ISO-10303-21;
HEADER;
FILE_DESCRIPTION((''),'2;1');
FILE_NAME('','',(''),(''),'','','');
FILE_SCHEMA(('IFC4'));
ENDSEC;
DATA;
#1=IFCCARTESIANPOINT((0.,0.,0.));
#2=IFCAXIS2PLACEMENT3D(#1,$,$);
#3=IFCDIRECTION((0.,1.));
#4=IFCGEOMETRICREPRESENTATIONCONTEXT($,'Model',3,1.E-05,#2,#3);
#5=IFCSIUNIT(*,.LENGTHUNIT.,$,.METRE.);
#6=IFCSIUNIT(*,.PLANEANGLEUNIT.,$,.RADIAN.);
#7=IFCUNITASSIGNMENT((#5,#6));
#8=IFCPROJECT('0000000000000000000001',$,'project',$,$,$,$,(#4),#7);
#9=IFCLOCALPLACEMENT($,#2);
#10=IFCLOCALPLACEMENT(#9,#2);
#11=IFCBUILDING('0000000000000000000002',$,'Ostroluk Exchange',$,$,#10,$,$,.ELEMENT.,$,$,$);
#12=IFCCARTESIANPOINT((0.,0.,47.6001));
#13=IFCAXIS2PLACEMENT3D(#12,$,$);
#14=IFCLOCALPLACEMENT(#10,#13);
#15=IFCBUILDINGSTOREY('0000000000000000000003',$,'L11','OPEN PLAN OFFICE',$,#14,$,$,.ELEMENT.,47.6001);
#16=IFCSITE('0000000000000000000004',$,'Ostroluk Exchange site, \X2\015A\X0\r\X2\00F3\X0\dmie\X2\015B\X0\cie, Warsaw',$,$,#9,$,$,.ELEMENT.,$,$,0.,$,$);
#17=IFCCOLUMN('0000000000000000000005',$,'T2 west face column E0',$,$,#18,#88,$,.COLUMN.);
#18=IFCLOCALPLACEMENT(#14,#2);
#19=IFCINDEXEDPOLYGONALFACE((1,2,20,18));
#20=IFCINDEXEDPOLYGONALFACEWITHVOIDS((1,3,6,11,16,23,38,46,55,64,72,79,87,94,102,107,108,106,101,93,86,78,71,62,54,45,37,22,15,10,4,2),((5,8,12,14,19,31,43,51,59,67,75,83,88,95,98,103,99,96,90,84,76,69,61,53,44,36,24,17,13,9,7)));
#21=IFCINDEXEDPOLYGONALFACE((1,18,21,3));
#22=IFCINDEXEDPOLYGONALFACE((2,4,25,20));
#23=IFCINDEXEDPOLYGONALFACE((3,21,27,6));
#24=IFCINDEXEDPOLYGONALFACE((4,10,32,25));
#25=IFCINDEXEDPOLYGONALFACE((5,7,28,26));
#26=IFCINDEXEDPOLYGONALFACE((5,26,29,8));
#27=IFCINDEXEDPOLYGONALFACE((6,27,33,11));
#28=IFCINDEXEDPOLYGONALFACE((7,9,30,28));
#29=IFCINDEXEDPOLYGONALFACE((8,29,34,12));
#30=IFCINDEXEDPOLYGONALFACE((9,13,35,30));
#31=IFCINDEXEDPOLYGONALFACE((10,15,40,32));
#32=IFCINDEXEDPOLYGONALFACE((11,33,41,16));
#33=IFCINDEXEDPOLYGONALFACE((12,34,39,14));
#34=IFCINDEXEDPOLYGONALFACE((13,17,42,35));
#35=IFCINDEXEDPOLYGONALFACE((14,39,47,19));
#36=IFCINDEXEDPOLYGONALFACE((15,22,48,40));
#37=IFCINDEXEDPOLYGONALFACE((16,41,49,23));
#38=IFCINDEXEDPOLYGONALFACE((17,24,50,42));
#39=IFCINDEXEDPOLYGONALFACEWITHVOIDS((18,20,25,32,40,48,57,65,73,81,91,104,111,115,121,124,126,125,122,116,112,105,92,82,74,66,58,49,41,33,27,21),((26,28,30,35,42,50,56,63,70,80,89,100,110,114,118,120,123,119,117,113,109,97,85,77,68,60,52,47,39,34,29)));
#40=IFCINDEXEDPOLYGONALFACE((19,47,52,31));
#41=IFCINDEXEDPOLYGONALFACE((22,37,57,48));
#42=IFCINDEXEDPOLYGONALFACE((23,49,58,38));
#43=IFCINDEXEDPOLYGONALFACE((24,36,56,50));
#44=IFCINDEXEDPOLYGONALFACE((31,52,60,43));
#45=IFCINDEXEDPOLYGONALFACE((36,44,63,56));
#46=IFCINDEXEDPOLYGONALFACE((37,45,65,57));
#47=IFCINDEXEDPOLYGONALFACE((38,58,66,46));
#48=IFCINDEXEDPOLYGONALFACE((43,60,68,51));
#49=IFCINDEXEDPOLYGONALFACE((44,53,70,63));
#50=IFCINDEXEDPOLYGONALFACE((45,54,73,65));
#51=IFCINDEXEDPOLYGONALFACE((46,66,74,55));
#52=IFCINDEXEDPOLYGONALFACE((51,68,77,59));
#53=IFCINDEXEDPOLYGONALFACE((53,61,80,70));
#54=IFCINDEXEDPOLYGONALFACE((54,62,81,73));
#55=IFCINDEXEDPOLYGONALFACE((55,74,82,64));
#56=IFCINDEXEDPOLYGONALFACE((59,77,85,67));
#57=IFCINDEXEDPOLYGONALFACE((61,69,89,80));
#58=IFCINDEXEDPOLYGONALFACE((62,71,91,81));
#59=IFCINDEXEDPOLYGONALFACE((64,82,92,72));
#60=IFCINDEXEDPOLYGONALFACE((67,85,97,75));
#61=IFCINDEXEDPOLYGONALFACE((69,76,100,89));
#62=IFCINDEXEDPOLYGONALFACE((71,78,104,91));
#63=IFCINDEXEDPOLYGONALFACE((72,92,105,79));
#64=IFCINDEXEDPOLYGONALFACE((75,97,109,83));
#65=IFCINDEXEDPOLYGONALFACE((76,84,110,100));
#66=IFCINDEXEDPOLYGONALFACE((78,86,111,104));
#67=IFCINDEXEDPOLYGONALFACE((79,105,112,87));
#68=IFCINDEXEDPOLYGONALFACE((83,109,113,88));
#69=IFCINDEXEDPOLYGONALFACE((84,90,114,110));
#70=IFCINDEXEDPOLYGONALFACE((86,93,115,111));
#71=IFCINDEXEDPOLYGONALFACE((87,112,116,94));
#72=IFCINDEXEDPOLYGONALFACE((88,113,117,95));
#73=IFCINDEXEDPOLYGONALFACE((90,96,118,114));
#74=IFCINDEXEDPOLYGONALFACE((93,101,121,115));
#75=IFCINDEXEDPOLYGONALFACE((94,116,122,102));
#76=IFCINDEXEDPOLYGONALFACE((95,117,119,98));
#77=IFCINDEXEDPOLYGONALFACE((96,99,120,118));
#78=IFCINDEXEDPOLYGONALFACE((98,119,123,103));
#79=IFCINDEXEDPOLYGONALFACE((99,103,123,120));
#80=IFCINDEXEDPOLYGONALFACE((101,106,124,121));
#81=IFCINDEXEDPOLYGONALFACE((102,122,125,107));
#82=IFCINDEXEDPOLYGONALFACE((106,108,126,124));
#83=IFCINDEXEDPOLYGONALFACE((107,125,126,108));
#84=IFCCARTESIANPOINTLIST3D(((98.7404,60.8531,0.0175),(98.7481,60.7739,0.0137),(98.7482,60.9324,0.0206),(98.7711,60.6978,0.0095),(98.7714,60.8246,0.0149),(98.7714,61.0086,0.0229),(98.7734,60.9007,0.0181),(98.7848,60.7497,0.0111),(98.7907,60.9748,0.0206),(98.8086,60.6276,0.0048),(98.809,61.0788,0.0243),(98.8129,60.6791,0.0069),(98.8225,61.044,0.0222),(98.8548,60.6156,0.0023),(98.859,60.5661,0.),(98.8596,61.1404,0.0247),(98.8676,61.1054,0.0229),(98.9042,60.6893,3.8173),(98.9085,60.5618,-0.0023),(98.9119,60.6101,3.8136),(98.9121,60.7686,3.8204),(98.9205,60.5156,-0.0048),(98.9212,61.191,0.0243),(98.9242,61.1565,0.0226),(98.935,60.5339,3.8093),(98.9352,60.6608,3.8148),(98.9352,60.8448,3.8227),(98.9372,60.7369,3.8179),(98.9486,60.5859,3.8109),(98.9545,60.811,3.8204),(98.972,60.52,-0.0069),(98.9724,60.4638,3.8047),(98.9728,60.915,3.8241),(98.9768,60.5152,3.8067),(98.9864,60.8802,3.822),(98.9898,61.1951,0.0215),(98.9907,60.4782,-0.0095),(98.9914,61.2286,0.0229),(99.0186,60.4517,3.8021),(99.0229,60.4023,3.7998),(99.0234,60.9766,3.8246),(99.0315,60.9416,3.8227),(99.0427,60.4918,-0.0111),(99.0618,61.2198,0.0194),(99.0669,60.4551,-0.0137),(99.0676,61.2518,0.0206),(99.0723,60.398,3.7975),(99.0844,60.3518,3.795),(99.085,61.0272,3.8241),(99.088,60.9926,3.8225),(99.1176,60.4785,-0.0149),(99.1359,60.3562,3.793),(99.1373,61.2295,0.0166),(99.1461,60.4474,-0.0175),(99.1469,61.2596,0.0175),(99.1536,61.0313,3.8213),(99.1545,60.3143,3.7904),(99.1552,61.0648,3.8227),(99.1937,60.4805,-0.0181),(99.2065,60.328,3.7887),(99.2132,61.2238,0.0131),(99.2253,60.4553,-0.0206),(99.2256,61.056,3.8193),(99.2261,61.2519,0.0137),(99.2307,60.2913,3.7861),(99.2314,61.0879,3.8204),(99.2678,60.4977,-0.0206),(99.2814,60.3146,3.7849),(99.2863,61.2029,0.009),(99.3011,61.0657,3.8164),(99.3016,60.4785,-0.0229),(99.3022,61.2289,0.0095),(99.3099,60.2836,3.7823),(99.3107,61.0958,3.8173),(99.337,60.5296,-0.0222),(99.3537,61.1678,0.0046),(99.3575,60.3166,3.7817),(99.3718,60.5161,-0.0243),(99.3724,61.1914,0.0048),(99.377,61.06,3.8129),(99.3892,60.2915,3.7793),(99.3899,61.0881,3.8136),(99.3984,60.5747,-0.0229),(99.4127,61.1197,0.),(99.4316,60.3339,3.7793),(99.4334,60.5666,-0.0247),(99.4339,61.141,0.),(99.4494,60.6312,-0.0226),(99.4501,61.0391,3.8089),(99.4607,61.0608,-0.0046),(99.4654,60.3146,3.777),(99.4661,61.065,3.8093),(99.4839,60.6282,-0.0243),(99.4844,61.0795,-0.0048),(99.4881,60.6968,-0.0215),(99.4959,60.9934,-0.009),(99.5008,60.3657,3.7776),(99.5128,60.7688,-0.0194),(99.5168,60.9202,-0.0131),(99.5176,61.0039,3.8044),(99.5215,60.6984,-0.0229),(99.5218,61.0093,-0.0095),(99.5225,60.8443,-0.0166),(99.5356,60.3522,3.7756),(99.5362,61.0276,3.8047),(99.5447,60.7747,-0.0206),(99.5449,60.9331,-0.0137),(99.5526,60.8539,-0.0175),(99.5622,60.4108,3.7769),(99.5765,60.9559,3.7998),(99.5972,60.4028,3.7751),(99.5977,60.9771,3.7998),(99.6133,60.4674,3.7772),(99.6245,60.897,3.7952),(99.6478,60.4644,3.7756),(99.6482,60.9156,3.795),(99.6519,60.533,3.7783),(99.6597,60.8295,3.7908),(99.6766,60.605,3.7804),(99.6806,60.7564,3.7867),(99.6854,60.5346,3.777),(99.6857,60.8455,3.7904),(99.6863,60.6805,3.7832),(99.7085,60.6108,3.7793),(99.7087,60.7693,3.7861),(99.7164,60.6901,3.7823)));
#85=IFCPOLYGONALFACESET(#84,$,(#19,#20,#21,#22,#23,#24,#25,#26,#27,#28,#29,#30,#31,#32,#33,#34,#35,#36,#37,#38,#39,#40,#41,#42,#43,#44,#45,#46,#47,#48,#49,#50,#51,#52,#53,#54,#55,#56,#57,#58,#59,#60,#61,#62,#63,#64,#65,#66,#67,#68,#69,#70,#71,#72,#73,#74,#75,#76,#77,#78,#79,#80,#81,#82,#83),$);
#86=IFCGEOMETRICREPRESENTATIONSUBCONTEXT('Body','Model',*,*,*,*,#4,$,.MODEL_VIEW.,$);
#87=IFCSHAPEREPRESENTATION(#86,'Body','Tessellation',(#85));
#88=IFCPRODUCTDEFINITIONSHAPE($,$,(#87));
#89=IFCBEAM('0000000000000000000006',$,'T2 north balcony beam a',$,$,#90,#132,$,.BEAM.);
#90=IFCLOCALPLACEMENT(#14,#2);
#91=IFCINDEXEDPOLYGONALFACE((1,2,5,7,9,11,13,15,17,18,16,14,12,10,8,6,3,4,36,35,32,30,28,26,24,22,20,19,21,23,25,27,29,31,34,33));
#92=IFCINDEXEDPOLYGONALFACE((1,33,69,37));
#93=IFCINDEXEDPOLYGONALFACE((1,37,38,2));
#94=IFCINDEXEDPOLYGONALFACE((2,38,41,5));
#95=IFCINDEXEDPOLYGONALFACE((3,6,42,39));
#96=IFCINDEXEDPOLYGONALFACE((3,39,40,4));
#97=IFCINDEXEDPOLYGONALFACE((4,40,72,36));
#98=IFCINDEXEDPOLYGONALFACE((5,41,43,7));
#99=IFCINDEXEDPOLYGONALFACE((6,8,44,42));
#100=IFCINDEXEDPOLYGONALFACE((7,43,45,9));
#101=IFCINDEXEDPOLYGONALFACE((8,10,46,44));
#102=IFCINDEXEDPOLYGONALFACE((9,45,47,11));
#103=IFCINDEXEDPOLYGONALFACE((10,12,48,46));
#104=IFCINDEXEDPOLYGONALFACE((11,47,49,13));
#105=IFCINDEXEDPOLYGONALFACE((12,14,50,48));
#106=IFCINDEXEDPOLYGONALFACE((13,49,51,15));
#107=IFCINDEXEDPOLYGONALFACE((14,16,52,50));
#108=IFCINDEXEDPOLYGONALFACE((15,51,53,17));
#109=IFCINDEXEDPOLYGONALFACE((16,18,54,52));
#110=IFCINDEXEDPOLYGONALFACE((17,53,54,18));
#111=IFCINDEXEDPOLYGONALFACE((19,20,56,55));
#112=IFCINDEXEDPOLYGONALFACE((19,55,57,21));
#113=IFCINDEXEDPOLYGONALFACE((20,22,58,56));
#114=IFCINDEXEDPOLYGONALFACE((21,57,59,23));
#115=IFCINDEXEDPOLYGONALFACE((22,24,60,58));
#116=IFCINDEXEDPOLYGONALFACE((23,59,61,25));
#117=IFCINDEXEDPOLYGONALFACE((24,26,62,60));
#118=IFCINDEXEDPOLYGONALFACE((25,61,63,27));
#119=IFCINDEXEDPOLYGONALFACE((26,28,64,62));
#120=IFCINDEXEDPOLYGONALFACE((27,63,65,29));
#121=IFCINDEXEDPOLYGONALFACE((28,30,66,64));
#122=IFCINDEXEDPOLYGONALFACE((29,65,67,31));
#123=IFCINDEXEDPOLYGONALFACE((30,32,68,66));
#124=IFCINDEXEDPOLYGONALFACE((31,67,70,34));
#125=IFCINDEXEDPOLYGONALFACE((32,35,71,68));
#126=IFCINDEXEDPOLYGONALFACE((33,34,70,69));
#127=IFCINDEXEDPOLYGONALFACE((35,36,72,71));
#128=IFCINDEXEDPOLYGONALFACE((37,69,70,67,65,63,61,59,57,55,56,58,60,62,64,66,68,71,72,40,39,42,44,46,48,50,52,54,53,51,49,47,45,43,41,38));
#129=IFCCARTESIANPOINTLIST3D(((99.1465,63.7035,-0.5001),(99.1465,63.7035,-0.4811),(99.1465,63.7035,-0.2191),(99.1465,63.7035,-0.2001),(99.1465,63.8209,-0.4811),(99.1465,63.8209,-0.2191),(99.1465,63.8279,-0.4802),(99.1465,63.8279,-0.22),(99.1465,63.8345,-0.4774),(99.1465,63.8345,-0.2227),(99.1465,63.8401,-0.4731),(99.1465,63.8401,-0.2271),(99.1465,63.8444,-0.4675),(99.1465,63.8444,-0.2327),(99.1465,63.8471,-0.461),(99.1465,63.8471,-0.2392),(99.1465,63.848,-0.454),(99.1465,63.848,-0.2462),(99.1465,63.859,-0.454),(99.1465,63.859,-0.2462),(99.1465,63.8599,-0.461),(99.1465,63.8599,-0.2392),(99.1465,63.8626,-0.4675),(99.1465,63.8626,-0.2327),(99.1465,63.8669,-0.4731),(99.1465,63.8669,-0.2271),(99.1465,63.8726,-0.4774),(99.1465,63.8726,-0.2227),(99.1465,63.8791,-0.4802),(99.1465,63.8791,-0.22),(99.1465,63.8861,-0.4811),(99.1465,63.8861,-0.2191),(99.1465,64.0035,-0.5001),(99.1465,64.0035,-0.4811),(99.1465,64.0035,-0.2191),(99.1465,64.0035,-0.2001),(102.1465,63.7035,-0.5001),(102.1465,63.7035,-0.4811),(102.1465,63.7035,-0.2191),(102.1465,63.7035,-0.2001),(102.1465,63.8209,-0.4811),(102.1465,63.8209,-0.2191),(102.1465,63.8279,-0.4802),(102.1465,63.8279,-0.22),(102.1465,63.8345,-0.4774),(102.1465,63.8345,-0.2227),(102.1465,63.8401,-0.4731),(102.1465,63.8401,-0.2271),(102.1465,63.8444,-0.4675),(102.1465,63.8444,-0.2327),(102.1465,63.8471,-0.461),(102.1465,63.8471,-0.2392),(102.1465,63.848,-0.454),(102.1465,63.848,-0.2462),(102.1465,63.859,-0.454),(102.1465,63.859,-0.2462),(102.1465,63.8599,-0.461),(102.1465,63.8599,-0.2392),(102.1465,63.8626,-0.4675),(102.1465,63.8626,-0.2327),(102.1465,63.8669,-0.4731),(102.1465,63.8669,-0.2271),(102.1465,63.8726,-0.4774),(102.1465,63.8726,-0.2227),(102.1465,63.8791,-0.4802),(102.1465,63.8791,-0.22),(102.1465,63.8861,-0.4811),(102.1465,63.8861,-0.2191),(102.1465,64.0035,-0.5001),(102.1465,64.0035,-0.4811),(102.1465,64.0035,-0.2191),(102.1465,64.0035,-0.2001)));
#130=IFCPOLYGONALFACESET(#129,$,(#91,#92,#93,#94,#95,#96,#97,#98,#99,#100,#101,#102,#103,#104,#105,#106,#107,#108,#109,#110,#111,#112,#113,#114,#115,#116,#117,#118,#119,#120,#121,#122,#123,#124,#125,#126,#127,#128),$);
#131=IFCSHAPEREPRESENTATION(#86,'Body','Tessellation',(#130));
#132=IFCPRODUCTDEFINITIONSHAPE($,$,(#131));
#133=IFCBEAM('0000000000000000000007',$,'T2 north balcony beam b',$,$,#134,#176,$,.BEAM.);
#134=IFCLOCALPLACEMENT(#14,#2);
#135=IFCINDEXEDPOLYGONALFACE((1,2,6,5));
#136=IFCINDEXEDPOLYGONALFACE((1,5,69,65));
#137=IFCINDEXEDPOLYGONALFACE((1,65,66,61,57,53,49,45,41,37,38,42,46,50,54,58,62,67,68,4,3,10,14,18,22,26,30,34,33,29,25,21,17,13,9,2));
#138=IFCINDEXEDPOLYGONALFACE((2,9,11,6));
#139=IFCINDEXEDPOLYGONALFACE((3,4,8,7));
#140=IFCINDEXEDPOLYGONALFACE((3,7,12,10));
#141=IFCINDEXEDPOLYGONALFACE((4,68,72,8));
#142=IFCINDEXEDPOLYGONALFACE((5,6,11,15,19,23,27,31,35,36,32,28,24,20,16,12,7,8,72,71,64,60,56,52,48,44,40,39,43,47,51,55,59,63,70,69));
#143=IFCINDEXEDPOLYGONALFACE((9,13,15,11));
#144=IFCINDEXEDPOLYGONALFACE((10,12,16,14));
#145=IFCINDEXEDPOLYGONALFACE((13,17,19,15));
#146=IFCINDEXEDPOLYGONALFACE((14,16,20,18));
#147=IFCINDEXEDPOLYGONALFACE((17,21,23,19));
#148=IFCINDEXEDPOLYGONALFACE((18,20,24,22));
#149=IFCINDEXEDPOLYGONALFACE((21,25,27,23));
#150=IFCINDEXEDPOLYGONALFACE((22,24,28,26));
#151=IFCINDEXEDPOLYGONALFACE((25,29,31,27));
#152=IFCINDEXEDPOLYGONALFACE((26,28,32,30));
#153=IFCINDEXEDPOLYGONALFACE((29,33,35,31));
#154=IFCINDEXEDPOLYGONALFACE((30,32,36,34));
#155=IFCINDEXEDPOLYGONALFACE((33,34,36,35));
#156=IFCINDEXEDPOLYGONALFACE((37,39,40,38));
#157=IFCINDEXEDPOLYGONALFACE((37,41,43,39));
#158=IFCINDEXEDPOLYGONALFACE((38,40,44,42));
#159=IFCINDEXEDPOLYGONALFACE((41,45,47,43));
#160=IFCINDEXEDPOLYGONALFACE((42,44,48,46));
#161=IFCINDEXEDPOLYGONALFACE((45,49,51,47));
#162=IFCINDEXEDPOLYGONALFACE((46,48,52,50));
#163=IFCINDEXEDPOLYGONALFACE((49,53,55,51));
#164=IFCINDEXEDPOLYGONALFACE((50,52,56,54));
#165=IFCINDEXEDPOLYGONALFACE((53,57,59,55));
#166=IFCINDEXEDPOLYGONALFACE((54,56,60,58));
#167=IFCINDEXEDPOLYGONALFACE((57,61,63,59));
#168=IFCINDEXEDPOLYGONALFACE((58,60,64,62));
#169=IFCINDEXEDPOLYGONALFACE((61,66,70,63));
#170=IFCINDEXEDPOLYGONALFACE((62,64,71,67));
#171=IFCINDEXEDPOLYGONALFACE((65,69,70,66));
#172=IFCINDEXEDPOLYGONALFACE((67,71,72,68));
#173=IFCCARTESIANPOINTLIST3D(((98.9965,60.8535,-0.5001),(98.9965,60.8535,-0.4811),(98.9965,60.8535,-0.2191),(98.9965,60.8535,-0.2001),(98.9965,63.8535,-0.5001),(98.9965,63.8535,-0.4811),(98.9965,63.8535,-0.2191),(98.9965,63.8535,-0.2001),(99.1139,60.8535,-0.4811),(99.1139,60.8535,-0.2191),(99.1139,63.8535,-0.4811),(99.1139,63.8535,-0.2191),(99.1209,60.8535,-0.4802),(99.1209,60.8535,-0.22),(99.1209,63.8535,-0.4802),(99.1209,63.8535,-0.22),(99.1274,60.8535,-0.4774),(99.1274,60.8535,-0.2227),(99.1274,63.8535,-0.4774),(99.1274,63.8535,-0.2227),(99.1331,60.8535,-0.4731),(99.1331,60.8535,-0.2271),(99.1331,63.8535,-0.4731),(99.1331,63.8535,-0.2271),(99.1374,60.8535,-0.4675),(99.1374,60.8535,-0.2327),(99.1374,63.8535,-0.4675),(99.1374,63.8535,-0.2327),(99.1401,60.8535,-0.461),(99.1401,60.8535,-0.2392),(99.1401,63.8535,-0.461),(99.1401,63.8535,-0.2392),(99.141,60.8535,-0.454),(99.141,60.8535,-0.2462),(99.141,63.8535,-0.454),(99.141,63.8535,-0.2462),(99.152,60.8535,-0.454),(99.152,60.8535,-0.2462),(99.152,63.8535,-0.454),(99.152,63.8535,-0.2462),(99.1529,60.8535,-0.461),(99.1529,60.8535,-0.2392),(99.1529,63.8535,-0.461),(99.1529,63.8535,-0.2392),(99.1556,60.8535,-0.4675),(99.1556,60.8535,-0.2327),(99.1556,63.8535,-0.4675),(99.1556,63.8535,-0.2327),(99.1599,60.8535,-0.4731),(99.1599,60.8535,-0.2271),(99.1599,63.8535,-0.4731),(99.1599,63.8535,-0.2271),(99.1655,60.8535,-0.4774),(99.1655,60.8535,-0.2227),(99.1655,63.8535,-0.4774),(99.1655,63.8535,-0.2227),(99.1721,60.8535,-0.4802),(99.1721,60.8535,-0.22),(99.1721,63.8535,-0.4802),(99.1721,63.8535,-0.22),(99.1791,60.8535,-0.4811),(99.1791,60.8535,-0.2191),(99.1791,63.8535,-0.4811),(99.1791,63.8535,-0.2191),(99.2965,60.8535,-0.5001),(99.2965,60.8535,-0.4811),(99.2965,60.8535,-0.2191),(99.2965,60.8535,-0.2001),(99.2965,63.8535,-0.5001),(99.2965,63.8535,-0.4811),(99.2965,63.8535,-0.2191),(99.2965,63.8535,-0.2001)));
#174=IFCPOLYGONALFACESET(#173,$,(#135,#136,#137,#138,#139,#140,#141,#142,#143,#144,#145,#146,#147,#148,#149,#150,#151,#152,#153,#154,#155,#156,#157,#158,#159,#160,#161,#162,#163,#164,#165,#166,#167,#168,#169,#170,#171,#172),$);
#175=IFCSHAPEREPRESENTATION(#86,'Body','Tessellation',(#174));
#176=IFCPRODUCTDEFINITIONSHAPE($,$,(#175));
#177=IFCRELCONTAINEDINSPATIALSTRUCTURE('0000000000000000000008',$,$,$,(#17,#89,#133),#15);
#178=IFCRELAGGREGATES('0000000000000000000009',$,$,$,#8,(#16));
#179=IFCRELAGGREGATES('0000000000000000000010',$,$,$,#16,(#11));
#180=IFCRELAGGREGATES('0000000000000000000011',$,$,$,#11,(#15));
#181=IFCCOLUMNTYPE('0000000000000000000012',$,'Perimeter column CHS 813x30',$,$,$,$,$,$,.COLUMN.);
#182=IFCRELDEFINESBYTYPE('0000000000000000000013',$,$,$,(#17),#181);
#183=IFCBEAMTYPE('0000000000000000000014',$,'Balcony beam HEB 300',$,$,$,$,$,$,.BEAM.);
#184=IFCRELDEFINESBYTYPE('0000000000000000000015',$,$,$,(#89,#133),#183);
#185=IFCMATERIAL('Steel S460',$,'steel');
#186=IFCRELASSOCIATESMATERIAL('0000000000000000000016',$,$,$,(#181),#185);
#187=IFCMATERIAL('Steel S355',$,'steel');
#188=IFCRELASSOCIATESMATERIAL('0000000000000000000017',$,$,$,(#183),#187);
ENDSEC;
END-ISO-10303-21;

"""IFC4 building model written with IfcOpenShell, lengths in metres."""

from ifc_helpers import new_model, si_unit, direction, frame, origin, origin_2d, place, context, subcontext, project, spatial, hollow_circle, i_section, extrude, material, material_profile, profile_set, type_object, element, save


model = new_model("IFC4")

# Units and contexts
model_context = context("Model", 3, precision=1e-05, world=origin(), true_north=direction((0.0, 1.0)))
body_context = subcontext(model_context, "Body", "Model", "MODEL_VIEW")
ifc_project = project(units=[si_unit("LENGTHUNIT", "METRE"), si_unit("PLANEANGLEUNIT", "RADIAN")], contexts=[model_context])

# Site, building, storey
site_placement = place(None, origin())
site = spatial("IfcSite", under=ifc_project, at=site_placement, Name="Ostroluk Exchange site, Śródmieście, Warsaw", CompositionType="ELEMENT", RefElevation=0.0)
building_placement = place(site_placement, origin())
building = spatial("IfcBuilding", under=site, at=building_placement, Name="Ostroluk Exchange", CompositionType="ELEMENT")
storey_placement = place(building_placement, frame((0.0, 0.0, 47.6001)))
storey = spatial("IfcBuildingStorey", under=building, at=storey_placement, Name="L11", Description="OPEN PLAN OFFICE", CompositionType="ELEMENT", Elevation=47.6001)

# Column
ifc_material_1 = material(Name="Steel S460", Category="steel")
ifc_material_profile_1 = material_profile(ifc_material_1, hollow_circle(Radius=0.4065, WallThickness=0.03, at=origin_2d()), Name="CHS 813x30")
ifc_profile_set_1 = profile_set([ifc_material_profile_1], Name="Steel S460")
column_type_1 = type_object("IfcColumnType", Name="Perimeter column CHS 813x30", PredefinedType="COLUMN", material=ifc_profile_set_1)
column_1_placement = place(storey_placement, frame((99.1465, 60.8535, 0.0), z_axis=(0.043032, -0.043032, 0.998146), x_axis=(0.707107, 0.707107, 0.0)))
element("IfcColumn", 1, at=column_1_placement, inside=storey, type_object=column_type_1, Name="T2 west face column E0", PredefinedType="COLUMN", context=body_context, shape_type="SweptSolid", body=[
    extrude(hollow_circle(Radius=0.4065, WallThickness=0.03, at=origin_2d()), origin(), (0.0, 0.0, 1.0), 3.8069),
])

# Beams
ifc_material_2 = material(Name="Steel S355", Category="steel")
ifc_material_profile_2 = material_profile(ifc_material_2, i_section(OverallWidth=0.3, OverallDepth=0.3, WebThickness=0.011, FlangeThickness=0.019, FilletRadius=0.0271, at=origin_2d()), Name="HEB 300")
ifc_profile_set_2 = profile_set([ifc_material_profile_2], Name="Steel S355")
beam_type_1 = type_object("IfcBeamType", Name="Balcony beam HEB 300", PredefinedType="BEAM", material=ifc_profile_set_2)
for number, where, z_axis, x_axis, name in (
    (2, (102.1465, 63.8535, -0.3501), (-1.0, 0.0, 0.0), (0.0, -1.0, 0.0), "T2 north balcony beam a"),
    (3, (99.1465, 60.8535, -0.3501), (0.0, 1.0, 0.0), (-1.0, 0.0, 0.0), "T2 north balcony beam b"),
):
    element("IfcBeam", number, at=place(storey_placement, frame(where, z_axis=z_axis, x_axis=x_axis)), inside=storey, type_object=beam_type_1, Name=name, PredefinedType="BEAM", context=body_context, shape_type="SweptSolid", body=[
        extrude(i_section(OverallWidth=0.3, OverallDepth=0.3, WebThickness=0.011, FlangeThickness=0.019, FilletRadius=0.0271, at=origin_2d()), origin(), (0.0, 0.0, 1.0), 3.0),
    ])

save(model, "model.ifc")
